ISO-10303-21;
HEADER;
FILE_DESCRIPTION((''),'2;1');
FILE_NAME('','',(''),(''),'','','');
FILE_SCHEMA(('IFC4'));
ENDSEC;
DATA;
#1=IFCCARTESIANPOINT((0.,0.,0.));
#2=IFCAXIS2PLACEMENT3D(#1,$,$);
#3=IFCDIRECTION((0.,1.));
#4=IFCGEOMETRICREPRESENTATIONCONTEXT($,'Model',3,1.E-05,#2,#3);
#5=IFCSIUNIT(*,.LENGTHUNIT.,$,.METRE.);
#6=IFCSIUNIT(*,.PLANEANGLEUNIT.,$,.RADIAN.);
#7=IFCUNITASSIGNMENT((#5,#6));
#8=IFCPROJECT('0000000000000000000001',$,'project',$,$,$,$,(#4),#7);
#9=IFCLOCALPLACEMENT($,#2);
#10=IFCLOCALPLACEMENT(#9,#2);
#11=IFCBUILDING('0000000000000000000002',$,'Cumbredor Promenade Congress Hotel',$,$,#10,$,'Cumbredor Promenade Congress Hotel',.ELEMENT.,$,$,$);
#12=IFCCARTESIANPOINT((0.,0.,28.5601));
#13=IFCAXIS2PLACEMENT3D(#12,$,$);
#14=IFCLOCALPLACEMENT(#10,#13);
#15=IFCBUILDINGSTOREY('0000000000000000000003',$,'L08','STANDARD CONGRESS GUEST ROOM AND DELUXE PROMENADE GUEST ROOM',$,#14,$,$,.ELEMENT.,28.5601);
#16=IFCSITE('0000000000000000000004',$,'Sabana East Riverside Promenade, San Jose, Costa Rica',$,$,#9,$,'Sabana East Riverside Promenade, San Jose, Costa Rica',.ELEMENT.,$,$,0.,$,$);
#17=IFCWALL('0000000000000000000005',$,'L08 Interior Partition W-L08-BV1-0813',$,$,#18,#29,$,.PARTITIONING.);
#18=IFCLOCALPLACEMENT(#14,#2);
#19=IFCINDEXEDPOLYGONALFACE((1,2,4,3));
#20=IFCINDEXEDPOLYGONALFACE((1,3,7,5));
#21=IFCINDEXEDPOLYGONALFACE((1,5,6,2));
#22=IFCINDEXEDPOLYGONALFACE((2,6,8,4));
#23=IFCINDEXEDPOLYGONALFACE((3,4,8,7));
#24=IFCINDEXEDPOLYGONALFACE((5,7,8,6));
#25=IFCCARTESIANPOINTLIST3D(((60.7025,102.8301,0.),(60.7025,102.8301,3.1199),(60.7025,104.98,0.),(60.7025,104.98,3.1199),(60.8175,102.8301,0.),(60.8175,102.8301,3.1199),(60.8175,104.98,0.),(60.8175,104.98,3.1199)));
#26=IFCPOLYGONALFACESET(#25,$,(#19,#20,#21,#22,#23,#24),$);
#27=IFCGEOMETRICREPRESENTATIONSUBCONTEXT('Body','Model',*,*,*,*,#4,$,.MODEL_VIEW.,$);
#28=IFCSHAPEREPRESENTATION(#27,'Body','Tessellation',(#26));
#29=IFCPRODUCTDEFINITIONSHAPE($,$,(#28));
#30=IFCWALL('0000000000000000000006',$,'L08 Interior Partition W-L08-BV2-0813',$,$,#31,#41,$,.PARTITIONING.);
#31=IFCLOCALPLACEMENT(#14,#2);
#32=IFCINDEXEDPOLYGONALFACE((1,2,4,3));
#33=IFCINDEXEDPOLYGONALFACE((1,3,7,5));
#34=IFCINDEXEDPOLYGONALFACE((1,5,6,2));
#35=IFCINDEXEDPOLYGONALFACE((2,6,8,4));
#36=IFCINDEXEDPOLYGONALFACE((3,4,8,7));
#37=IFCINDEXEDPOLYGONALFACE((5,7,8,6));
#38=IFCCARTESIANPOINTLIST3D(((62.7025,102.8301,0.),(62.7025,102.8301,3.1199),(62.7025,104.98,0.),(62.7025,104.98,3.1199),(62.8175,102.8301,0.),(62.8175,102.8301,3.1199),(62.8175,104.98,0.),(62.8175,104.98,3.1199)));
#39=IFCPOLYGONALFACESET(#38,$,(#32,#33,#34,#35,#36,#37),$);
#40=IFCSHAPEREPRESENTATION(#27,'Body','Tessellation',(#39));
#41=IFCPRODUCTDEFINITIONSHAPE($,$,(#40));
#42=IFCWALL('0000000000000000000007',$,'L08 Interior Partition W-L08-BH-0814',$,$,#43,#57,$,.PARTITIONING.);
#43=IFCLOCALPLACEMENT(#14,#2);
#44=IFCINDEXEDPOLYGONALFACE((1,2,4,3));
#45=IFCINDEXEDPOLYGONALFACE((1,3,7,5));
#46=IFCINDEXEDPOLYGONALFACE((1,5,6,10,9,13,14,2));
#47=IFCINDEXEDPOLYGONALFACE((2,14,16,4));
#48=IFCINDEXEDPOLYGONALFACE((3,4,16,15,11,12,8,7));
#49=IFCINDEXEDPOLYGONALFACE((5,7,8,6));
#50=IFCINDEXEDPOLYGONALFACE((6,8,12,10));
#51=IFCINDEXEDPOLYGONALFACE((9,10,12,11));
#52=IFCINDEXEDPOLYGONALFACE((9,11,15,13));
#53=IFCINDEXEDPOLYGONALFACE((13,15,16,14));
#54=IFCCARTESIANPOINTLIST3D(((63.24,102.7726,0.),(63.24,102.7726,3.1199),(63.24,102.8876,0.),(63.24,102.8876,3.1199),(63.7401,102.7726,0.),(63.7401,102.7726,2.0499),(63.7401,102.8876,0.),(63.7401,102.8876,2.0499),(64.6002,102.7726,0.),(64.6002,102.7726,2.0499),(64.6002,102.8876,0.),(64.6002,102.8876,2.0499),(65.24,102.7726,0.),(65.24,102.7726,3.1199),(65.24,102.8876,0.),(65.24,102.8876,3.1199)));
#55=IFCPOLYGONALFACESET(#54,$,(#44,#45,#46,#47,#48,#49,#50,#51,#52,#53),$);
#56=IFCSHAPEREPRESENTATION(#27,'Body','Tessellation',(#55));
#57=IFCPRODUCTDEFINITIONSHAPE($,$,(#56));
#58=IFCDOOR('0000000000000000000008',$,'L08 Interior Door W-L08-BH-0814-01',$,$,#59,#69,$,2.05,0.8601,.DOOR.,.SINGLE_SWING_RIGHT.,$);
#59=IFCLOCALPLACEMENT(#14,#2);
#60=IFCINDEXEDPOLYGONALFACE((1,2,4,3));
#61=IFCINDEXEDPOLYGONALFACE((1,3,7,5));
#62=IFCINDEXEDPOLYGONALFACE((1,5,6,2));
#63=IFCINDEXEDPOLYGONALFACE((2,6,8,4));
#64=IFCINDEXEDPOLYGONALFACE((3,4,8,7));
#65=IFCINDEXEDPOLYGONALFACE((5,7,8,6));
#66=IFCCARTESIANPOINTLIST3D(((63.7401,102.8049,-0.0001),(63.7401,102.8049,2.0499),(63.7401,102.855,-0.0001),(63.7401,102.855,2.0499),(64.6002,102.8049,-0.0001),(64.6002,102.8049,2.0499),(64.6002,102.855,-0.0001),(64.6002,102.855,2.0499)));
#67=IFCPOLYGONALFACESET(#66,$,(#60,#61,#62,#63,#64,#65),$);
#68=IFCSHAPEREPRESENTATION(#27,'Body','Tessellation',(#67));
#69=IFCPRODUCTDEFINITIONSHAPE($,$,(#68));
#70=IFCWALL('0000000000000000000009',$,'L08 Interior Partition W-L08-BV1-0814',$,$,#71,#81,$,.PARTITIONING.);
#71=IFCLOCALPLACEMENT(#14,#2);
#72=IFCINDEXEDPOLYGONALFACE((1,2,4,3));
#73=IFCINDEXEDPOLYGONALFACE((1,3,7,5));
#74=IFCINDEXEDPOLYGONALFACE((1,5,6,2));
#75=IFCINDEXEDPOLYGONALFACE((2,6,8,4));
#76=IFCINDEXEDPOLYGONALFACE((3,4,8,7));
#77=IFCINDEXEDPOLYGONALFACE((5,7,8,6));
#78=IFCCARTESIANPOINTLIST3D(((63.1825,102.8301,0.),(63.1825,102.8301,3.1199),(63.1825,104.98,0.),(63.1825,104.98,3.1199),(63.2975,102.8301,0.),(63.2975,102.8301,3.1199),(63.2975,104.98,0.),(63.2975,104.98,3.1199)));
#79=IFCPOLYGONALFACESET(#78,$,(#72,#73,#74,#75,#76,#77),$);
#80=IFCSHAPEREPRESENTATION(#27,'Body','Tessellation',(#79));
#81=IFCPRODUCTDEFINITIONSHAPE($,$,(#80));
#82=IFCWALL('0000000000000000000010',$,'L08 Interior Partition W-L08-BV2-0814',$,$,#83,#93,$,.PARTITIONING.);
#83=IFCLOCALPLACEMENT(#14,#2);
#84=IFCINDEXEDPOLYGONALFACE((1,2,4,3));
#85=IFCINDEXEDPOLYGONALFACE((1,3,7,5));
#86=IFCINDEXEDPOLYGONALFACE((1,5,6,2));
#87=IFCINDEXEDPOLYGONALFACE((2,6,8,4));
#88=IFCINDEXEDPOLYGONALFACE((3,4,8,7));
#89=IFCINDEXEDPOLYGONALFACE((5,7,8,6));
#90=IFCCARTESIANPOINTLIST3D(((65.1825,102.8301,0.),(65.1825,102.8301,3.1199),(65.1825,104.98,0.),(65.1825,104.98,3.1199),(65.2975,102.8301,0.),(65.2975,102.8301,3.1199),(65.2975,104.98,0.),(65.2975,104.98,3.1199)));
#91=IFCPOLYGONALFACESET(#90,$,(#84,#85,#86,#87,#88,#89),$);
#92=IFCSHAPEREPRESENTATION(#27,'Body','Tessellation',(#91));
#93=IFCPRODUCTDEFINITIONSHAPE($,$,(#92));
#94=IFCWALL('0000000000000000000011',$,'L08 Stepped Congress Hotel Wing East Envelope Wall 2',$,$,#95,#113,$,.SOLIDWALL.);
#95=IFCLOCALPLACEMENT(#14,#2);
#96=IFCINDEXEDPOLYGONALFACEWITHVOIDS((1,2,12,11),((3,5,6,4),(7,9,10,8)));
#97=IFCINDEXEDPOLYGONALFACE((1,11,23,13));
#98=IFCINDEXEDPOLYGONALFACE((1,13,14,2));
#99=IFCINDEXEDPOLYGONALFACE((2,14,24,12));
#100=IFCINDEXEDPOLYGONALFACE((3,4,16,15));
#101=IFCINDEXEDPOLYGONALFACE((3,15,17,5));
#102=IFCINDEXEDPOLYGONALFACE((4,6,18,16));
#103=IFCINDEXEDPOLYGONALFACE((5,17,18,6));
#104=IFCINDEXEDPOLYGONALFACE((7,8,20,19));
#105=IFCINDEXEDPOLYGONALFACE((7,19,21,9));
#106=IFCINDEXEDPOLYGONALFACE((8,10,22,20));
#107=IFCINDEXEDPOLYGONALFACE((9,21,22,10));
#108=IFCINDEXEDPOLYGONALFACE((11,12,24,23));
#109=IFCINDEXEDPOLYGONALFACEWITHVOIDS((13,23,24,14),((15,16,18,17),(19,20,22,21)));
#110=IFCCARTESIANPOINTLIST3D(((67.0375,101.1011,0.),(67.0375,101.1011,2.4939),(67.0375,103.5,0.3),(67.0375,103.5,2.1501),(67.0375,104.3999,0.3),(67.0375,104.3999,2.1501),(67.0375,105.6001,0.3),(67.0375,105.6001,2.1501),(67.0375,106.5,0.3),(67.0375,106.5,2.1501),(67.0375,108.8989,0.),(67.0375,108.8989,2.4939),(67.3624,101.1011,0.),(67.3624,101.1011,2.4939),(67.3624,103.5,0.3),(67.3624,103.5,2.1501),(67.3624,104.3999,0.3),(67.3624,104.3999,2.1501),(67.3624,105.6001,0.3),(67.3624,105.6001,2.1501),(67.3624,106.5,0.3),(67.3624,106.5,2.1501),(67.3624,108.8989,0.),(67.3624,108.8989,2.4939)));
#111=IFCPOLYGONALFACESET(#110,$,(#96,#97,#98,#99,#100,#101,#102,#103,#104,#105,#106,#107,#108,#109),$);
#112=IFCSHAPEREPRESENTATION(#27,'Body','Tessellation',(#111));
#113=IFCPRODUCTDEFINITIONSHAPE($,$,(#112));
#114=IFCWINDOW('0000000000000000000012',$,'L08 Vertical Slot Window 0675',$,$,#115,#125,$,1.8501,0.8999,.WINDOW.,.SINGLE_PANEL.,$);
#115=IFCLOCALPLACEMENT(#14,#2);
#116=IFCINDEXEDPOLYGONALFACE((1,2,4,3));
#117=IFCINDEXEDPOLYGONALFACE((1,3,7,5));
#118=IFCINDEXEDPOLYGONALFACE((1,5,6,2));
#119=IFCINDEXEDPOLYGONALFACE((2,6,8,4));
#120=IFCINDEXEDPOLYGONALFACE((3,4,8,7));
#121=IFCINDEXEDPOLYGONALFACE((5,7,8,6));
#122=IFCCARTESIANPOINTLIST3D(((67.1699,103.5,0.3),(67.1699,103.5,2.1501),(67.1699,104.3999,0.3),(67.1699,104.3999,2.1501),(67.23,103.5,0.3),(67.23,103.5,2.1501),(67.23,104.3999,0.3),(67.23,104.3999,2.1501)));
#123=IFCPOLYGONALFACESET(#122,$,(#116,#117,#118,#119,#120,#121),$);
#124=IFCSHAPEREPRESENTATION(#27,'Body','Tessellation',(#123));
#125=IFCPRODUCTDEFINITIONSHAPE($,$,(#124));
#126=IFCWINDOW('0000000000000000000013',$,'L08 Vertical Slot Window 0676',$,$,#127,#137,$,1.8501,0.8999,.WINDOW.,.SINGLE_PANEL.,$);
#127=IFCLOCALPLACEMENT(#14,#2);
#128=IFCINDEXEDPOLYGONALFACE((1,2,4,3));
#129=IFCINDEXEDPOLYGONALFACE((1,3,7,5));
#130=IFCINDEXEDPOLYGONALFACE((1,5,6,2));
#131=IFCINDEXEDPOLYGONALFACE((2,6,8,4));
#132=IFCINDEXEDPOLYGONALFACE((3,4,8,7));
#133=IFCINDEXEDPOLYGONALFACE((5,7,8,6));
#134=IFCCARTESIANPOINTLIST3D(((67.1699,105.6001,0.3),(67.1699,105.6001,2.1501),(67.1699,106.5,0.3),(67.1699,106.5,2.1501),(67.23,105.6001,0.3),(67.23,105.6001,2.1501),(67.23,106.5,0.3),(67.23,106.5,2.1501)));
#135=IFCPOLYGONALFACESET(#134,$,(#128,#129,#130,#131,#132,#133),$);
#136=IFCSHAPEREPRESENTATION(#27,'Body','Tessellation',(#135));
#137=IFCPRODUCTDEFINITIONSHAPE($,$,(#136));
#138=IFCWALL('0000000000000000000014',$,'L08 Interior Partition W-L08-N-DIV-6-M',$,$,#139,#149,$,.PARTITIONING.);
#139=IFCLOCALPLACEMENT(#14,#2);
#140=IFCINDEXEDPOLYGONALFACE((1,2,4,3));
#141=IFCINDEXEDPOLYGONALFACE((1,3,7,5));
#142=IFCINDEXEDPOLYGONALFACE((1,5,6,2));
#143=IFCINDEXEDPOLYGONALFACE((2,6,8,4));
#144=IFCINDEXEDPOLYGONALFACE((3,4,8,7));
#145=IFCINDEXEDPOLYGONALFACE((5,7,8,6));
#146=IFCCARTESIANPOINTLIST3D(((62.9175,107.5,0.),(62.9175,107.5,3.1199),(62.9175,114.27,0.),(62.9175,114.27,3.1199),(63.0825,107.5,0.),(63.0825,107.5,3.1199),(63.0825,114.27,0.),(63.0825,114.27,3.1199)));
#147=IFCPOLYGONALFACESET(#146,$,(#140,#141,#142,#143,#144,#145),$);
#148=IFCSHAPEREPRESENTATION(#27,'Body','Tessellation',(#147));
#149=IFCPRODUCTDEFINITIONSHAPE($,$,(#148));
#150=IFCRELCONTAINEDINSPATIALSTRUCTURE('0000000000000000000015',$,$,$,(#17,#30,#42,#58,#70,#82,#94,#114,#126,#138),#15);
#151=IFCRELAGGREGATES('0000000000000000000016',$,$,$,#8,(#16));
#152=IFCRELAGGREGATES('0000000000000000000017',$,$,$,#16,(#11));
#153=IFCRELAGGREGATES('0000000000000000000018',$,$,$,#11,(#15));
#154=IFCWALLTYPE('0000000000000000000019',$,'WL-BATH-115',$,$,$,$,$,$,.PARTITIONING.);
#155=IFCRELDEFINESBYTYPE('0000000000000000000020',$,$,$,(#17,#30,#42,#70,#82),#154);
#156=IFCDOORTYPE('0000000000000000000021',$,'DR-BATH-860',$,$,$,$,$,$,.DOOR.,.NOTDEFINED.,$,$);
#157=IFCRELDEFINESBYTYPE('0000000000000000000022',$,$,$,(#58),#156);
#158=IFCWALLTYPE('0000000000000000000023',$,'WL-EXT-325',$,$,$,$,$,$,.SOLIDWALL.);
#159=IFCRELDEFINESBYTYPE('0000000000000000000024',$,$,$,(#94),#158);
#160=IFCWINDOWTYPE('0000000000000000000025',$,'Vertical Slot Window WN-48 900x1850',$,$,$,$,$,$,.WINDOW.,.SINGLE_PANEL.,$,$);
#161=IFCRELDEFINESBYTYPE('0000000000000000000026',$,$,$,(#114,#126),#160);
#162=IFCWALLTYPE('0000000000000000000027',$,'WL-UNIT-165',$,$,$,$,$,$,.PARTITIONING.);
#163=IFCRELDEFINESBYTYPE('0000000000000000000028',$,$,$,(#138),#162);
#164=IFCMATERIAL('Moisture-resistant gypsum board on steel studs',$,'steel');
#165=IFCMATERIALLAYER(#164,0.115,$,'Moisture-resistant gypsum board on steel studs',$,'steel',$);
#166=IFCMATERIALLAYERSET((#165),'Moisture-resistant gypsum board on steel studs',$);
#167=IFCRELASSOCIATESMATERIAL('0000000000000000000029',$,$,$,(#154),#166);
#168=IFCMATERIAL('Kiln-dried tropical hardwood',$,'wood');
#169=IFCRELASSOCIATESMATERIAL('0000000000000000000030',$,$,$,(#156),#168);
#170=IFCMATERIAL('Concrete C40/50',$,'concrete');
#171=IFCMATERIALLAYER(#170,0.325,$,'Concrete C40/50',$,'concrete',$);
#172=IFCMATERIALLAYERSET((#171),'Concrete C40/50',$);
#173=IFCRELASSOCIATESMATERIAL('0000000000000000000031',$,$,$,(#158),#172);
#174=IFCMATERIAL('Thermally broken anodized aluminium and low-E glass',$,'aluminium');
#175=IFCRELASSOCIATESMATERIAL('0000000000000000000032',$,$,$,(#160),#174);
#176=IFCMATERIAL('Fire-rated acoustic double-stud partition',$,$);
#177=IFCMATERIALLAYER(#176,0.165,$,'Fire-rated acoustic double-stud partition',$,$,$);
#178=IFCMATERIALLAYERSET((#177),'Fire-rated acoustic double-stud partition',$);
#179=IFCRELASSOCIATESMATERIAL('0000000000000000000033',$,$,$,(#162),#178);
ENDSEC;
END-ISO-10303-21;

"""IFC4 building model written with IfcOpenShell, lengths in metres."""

from ifc_helpers import new_model, si_unit, direction, frame, frame_2d, origin, place, context, subcontext, project, spatial, rectangle, extrude, material, layer, layer_set, type_object, element, fill, save


model = new_model("IFC4")

# Units and contexts
model_context = context("Model", 3, precision=1e-05, world=origin(), true_north=direction((0.0, 1.0)))
body_context = subcontext(model_context, "Body", "Model", "MODEL_VIEW")
ifc_project = project(units=[si_unit("LENGTHUNIT", "METRE"), si_unit("PLANEANGLEUNIT", "RADIAN")], contexts=[model_context])

# Site, building, storey
site_placement = place(None, origin())
site = spatial("IfcSite", under=ifc_project, at=site_placement, Name="Sabana East Riverside Promenade, San Jose, Costa Rica", LongName="Sabana East Riverside Promenade, San Jose, Costa Rica", CompositionType="ELEMENT", RefElevation=0.0)
building_placement = place(site_placement, origin())
building = spatial("IfcBuilding", under=site, at=building_placement, Name="Cumbredor Promenade Congress Hotel", LongName="Cumbredor Promenade Congress Hotel", CompositionType="ELEMENT")
storey_placement = place(building_placement, frame((0.0, 0.0, 28.5601)))
storey = spatial("IfcBuildingStorey", under=building, at=storey_placement, Name="L08", Description="STANDARD CONGRESS GUEST ROOM AND DELUXE PROMENADE GUEST ROOM", CompositionType="ELEMENT", Elevation=28.5601)

# Shared definitions
ifc_material_1 = material(Name="Concrete C40/50", Category="concrete")

# Shared definitions
ifc_material_2 = material(Name="Thermally broken anodized aluminium and low-E glass", Category="aluminium")

# Shared definitions
ifc_material_3 = material(Name="Moisture-resistant gypsum board on steel studs", Category="steel")
ifc_layer_1 = layer(ifc_material_3, 0.115, Name="Moisture-resistant gypsum board on steel studs", Category="steel")
ifc_layer_set_1 = layer_set([ifc_layer_1], Name="Moisture-resistant gypsum board on steel studs")
wall_type_1 = type_object("IfcWallType", Name="WL-BATH-115", PredefinedType="PARTITIONING", material=ifc_layer_set_1)

# Shared definitions
ifc_material_4 = material(Name="Kiln-dried tropical hardwood", Category="wood")
door_type = type_object("IfcDoorType", Name="DR-BATH-860", OperationType="NOTDEFINED", PredefinedType="DOOR", material=ifc_material_4)

# Walls
for number, where, z_axis, x_axis, name in (
    (1, (60.76, 102.8301, 0.0), (0.0, 0.0, 1.0), (0.0, 1.0, 0.0), "L08 Interior Partition W-L08-BV1-0813"),
    (2, (62.76, 102.8301, 0.0), (0.0, 0.0, 1.0), (0.0, 1.0, 0.0), "L08 Interior Partition W-L08-BV2-0813"),
):
    element("IfcWall", number, at=place(storey_placement, frame(where, z_axis=z_axis, x_axis=x_axis)), inside=storey, type_object=wall_type_1, Name=name, PredefinedType="PARTITIONING", context=body_context, shape_type="SweptSolid", body=[
        extrude(rectangle(XDim=2.1499, YDim=0.115, at=frame_2d((1.075, 0.0))), origin(), (0.0, 0.0, 1.0), 3.1199),
    ])

# Wall, opening, door
wall_1_placement = place(storey_placement, frame((63.24, 102.8301, 0.0), z_axis=(0.0, 0.0, 1.0), x_axis=(1.0, 0.0, 0.0)))
wall_1 = element("IfcWall", 3, at=wall_1_placement, inside=storey, type_object=wall_type_1, Name="L08 Interior Partition W-L08-BH-0814", PredefinedType="PARTITIONING", context=body_context, shape_type="SweptSolid", body=[
    extrude(rectangle(XDim=2.0, YDim=0.115, at=frame_2d((1.0, 0.0))), origin(), (0.0, 0.0, 1.0), 3.1199),
])
opening_1_placement = place(wall_1_placement, frame((0.5, 0.0, 0.0)))
opening_1 = element("IfcOpeningElement", 4, at=opening_1_placement, cuts=wall_1, PredefinedType="OPENING", context=body_context, shape_type="SweptSolid", body=[
    extrude(rectangle(XDim=0.8601, YDim=2.05, at=frame_2d((0.4302, 1.0249))), frame((0.0, 0.0674, 0.0), z_axis=(0.0, -1.0, 0.0), x_axis=(1.0, 0.0, 0.0)), (0.0, 0.0, 1.0), 0.135),
])
door_1_placement = place(opening_1_placement, origin())
door_1 = element("IfcDoor", 5, at=door_1_placement, inside=storey, type_object=door_type, Name="L08 Interior Door W-L08-BH-0814-01", OperationType="SINGLE_SWING_RIGHT", OverallHeight=2.05, OverallWidth=0.8601, PredefinedType="DOOR", context=body_context, shape_type="SweptSolid", body=[
    extrude(rectangle(XDim=0.8601, YDim=2.05, at=frame_2d((0.4302, 1.0249))), frame((0.0, 0.0249, 0.0), z_axis=(0.0, -1.0, 0.0), x_axis=(1.0, 0.0, 0.0)), (0.0, 0.0, 1.0), 0.05),
])
fill(opening_1, door_1)

# Walls
for number, where, z_axis, x_axis, name in (
    (6, (63.24, 102.8301, 0.0), (0.0, 0.0, 1.0), (0.0, 1.0, 0.0), "L08 Interior Partition W-L08-BV1-0814"),
    (7, (65.24, 102.8301, 0.0), (0.0, 0.0, 1.0), (0.0, 1.0, 0.0), "L08 Interior Partition W-L08-BV2-0814"),
):
    element("IfcWall", number, at=place(storey_placement, frame(where, z_axis=z_axis, x_axis=x_axis)), inside=storey, type_object=wall_type_1, Name=name, PredefinedType="PARTITIONING", context=body_context, shape_type="SweptSolid", body=[
        extrude(rectangle(XDim=2.1499, YDim=0.115, at=frame_2d((1.075, 0.0))), origin(), (0.0, 0.0, 1.0), 3.1199),
    ])

# Wall, openings, windows
ifc_layer_2 = layer(ifc_material_1, 0.325, Name="Concrete C40/50", Category="concrete")
ifc_layer_set_2 = layer_set([ifc_layer_2], Name="Concrete C40/50")
wall_type_2 = type_object("IfcWallType", Name="WL-EXT-325", PredefinedType="SOLIDWALL", material=ifc_layer_set_2)
wall_2_placement = place(storey_placement, frame((67.2, 101.1011, 0.0), z_axis=(0.0, 0.0, 1.0), x_axis=(0.0, 1.0, 0.0)))
wall_2 = element("IfcWall", 8, at=wall_2_placement, inside=storey, type_object=wall_type_2, Name="L08 Stepped Congress Hotel Wing East Envelope Wall 2", PredefinedType="SOLIDWALL", context=body_context, shape_type="SweptSolid", body=[
    extrude(rectangle(XDim=7.7979, YDim=0.325, at=frame_2d((3.8989, 0.0))), origin(), (0.0, 0.0, 1.0), 2.4939),
])
opening_2_placement = place(wall_2_placement, frame((2.3989, 0.0, 0.3)))
opening_2 = element("IfcOpeningElement", 9, at=opening_2_placement, cuts=wall_2, PredefinedType="OPENING", context=body_context, shape_type="SweptSolid", body=[
    extrude(rectangle(XDim=0.8999, YDim=1.8501, at=frame_2d((0.45, 0.925))), frame((0.0, 0.1724, 0.0), z_axis=(0.0, -1.0, 0.0), x_axis=(1.0, 0.0, 0.0)), (0.0, 0.0, 1.0), 0.345),
])
opening_3_placement = place(wall_2_placement, frame((4.499, 0.0, 0.3)))
opening_3 = element("IfcOpeningElement", 10, at=opening_3_placement, cuts=wall_2, PredefinedType="OPENING", context=body_context, shape_type="SweptSolid", body=[
    extrude(rectangle(XDim=0.8999, YDim=1.8501, at=frame_2d((0.45, 0.925))), frame((0.0, 0.1724, 0.0), z_axis=(0.0, -1.0, 0.0), x_axis=(1.0, 0.0, 0.0)), (0.0, 0.0, 1.0), 0.345),
])
window_type = type_object("IfcWindowType", Name="Vertical Slot Window WN-48 900x1850", PartitioningType="SINGLE_PANEL", PredefinedType="WINDOW", material=ifc_material_2)
window_1_placement = place(opening_2_placement, origin())
window_1 = element("IfcWindow", 11, at=window_1_placement, inside=storey, type_object=window_type, Name="L08 Vertical Slot Window 0675", OverallHeight=1.8501, OverallWidth=0.8999, PartitioningType="SINGLE_PANEL", PredefinedType="WINDOW", context=body_context, shape_type="SweptSolid", body=[
    extrude(rectangle(XDim=0.8999, YDim=1.8501, at=frame_2d((0.45, 0.925))), frame((0.0, 0.03, 0.0), z_axis=(0.0, -1.0, 0.0), x_axis=(1.0, 0.0, 0.0)), (0.0, 0.0, 1.0), 0.0601),
])
fill(opening_2, window_1)
window_2_placement = place(opening_3_placement, origin())
window_2 = element("IfcWindow", 12, at=window_2_placement, inside=storey, type_object=window_type, Name="L08 Vertical Slot Window 0676", OverallHeight=1.8501, OverallWidth=0.8999, PartitioningType="SINGLE_PANEL", PredefinedType="WINDOW", context=body_context, shape_type="SweptSolid", body=[
    extrude(rectangle(XDim=0.8999, YDim=1.8501, at=frame_2d((0.45, 0.925))), frame((0.0, 0.03, 0.0), z_axis=(0.0, -1.0, 0.0), x_axis=(1.0, 0.0, 0.0)), (0.0, 0.0, 1.0), 0.0601),
])
fill(opening_3, window_2)

# Wall
ifc_material_5 = material(Name="Fire-rated acoustic double-stud partition")
ifc_layer_3 = layer(ifc_material_5, 0.165, Name="Fire-rated acoustic double-stud partition")
ifc_layer_set_3 = layer_set([ifc_layer_3], Name="Fire-rated acoustic double-stud partition")
wall_type_3 = type_object("IfcWallType", Name="WL-UNIT-165", PredefinedType="PARTITIONING", material=ifc_layer_set_3)
wall_3_placement = place(storey_placement, frame((63.0, 107.5, 0.0), z_axis=(0.0, 0.0, 1.0), x_axis=(0.0, 1.0, 0.0)))
element("IfcWall", 13, at=wall_3_placement, inside=storey, type_object=wall_type_3, Name="L08 Interior Partition W-L08-N-DIV-6-M", PredefinedType="PARTITIONING", context=body_context, shape_type="SweptSolid", body=[
    extrude(rectangle(XDim=6.77, YDim=0.165, at=frame_2d((3.385, 0.0))), origin(), (0.0, 0.0, 1.0), 3.1199),
])

save(model, "model.ifc")
